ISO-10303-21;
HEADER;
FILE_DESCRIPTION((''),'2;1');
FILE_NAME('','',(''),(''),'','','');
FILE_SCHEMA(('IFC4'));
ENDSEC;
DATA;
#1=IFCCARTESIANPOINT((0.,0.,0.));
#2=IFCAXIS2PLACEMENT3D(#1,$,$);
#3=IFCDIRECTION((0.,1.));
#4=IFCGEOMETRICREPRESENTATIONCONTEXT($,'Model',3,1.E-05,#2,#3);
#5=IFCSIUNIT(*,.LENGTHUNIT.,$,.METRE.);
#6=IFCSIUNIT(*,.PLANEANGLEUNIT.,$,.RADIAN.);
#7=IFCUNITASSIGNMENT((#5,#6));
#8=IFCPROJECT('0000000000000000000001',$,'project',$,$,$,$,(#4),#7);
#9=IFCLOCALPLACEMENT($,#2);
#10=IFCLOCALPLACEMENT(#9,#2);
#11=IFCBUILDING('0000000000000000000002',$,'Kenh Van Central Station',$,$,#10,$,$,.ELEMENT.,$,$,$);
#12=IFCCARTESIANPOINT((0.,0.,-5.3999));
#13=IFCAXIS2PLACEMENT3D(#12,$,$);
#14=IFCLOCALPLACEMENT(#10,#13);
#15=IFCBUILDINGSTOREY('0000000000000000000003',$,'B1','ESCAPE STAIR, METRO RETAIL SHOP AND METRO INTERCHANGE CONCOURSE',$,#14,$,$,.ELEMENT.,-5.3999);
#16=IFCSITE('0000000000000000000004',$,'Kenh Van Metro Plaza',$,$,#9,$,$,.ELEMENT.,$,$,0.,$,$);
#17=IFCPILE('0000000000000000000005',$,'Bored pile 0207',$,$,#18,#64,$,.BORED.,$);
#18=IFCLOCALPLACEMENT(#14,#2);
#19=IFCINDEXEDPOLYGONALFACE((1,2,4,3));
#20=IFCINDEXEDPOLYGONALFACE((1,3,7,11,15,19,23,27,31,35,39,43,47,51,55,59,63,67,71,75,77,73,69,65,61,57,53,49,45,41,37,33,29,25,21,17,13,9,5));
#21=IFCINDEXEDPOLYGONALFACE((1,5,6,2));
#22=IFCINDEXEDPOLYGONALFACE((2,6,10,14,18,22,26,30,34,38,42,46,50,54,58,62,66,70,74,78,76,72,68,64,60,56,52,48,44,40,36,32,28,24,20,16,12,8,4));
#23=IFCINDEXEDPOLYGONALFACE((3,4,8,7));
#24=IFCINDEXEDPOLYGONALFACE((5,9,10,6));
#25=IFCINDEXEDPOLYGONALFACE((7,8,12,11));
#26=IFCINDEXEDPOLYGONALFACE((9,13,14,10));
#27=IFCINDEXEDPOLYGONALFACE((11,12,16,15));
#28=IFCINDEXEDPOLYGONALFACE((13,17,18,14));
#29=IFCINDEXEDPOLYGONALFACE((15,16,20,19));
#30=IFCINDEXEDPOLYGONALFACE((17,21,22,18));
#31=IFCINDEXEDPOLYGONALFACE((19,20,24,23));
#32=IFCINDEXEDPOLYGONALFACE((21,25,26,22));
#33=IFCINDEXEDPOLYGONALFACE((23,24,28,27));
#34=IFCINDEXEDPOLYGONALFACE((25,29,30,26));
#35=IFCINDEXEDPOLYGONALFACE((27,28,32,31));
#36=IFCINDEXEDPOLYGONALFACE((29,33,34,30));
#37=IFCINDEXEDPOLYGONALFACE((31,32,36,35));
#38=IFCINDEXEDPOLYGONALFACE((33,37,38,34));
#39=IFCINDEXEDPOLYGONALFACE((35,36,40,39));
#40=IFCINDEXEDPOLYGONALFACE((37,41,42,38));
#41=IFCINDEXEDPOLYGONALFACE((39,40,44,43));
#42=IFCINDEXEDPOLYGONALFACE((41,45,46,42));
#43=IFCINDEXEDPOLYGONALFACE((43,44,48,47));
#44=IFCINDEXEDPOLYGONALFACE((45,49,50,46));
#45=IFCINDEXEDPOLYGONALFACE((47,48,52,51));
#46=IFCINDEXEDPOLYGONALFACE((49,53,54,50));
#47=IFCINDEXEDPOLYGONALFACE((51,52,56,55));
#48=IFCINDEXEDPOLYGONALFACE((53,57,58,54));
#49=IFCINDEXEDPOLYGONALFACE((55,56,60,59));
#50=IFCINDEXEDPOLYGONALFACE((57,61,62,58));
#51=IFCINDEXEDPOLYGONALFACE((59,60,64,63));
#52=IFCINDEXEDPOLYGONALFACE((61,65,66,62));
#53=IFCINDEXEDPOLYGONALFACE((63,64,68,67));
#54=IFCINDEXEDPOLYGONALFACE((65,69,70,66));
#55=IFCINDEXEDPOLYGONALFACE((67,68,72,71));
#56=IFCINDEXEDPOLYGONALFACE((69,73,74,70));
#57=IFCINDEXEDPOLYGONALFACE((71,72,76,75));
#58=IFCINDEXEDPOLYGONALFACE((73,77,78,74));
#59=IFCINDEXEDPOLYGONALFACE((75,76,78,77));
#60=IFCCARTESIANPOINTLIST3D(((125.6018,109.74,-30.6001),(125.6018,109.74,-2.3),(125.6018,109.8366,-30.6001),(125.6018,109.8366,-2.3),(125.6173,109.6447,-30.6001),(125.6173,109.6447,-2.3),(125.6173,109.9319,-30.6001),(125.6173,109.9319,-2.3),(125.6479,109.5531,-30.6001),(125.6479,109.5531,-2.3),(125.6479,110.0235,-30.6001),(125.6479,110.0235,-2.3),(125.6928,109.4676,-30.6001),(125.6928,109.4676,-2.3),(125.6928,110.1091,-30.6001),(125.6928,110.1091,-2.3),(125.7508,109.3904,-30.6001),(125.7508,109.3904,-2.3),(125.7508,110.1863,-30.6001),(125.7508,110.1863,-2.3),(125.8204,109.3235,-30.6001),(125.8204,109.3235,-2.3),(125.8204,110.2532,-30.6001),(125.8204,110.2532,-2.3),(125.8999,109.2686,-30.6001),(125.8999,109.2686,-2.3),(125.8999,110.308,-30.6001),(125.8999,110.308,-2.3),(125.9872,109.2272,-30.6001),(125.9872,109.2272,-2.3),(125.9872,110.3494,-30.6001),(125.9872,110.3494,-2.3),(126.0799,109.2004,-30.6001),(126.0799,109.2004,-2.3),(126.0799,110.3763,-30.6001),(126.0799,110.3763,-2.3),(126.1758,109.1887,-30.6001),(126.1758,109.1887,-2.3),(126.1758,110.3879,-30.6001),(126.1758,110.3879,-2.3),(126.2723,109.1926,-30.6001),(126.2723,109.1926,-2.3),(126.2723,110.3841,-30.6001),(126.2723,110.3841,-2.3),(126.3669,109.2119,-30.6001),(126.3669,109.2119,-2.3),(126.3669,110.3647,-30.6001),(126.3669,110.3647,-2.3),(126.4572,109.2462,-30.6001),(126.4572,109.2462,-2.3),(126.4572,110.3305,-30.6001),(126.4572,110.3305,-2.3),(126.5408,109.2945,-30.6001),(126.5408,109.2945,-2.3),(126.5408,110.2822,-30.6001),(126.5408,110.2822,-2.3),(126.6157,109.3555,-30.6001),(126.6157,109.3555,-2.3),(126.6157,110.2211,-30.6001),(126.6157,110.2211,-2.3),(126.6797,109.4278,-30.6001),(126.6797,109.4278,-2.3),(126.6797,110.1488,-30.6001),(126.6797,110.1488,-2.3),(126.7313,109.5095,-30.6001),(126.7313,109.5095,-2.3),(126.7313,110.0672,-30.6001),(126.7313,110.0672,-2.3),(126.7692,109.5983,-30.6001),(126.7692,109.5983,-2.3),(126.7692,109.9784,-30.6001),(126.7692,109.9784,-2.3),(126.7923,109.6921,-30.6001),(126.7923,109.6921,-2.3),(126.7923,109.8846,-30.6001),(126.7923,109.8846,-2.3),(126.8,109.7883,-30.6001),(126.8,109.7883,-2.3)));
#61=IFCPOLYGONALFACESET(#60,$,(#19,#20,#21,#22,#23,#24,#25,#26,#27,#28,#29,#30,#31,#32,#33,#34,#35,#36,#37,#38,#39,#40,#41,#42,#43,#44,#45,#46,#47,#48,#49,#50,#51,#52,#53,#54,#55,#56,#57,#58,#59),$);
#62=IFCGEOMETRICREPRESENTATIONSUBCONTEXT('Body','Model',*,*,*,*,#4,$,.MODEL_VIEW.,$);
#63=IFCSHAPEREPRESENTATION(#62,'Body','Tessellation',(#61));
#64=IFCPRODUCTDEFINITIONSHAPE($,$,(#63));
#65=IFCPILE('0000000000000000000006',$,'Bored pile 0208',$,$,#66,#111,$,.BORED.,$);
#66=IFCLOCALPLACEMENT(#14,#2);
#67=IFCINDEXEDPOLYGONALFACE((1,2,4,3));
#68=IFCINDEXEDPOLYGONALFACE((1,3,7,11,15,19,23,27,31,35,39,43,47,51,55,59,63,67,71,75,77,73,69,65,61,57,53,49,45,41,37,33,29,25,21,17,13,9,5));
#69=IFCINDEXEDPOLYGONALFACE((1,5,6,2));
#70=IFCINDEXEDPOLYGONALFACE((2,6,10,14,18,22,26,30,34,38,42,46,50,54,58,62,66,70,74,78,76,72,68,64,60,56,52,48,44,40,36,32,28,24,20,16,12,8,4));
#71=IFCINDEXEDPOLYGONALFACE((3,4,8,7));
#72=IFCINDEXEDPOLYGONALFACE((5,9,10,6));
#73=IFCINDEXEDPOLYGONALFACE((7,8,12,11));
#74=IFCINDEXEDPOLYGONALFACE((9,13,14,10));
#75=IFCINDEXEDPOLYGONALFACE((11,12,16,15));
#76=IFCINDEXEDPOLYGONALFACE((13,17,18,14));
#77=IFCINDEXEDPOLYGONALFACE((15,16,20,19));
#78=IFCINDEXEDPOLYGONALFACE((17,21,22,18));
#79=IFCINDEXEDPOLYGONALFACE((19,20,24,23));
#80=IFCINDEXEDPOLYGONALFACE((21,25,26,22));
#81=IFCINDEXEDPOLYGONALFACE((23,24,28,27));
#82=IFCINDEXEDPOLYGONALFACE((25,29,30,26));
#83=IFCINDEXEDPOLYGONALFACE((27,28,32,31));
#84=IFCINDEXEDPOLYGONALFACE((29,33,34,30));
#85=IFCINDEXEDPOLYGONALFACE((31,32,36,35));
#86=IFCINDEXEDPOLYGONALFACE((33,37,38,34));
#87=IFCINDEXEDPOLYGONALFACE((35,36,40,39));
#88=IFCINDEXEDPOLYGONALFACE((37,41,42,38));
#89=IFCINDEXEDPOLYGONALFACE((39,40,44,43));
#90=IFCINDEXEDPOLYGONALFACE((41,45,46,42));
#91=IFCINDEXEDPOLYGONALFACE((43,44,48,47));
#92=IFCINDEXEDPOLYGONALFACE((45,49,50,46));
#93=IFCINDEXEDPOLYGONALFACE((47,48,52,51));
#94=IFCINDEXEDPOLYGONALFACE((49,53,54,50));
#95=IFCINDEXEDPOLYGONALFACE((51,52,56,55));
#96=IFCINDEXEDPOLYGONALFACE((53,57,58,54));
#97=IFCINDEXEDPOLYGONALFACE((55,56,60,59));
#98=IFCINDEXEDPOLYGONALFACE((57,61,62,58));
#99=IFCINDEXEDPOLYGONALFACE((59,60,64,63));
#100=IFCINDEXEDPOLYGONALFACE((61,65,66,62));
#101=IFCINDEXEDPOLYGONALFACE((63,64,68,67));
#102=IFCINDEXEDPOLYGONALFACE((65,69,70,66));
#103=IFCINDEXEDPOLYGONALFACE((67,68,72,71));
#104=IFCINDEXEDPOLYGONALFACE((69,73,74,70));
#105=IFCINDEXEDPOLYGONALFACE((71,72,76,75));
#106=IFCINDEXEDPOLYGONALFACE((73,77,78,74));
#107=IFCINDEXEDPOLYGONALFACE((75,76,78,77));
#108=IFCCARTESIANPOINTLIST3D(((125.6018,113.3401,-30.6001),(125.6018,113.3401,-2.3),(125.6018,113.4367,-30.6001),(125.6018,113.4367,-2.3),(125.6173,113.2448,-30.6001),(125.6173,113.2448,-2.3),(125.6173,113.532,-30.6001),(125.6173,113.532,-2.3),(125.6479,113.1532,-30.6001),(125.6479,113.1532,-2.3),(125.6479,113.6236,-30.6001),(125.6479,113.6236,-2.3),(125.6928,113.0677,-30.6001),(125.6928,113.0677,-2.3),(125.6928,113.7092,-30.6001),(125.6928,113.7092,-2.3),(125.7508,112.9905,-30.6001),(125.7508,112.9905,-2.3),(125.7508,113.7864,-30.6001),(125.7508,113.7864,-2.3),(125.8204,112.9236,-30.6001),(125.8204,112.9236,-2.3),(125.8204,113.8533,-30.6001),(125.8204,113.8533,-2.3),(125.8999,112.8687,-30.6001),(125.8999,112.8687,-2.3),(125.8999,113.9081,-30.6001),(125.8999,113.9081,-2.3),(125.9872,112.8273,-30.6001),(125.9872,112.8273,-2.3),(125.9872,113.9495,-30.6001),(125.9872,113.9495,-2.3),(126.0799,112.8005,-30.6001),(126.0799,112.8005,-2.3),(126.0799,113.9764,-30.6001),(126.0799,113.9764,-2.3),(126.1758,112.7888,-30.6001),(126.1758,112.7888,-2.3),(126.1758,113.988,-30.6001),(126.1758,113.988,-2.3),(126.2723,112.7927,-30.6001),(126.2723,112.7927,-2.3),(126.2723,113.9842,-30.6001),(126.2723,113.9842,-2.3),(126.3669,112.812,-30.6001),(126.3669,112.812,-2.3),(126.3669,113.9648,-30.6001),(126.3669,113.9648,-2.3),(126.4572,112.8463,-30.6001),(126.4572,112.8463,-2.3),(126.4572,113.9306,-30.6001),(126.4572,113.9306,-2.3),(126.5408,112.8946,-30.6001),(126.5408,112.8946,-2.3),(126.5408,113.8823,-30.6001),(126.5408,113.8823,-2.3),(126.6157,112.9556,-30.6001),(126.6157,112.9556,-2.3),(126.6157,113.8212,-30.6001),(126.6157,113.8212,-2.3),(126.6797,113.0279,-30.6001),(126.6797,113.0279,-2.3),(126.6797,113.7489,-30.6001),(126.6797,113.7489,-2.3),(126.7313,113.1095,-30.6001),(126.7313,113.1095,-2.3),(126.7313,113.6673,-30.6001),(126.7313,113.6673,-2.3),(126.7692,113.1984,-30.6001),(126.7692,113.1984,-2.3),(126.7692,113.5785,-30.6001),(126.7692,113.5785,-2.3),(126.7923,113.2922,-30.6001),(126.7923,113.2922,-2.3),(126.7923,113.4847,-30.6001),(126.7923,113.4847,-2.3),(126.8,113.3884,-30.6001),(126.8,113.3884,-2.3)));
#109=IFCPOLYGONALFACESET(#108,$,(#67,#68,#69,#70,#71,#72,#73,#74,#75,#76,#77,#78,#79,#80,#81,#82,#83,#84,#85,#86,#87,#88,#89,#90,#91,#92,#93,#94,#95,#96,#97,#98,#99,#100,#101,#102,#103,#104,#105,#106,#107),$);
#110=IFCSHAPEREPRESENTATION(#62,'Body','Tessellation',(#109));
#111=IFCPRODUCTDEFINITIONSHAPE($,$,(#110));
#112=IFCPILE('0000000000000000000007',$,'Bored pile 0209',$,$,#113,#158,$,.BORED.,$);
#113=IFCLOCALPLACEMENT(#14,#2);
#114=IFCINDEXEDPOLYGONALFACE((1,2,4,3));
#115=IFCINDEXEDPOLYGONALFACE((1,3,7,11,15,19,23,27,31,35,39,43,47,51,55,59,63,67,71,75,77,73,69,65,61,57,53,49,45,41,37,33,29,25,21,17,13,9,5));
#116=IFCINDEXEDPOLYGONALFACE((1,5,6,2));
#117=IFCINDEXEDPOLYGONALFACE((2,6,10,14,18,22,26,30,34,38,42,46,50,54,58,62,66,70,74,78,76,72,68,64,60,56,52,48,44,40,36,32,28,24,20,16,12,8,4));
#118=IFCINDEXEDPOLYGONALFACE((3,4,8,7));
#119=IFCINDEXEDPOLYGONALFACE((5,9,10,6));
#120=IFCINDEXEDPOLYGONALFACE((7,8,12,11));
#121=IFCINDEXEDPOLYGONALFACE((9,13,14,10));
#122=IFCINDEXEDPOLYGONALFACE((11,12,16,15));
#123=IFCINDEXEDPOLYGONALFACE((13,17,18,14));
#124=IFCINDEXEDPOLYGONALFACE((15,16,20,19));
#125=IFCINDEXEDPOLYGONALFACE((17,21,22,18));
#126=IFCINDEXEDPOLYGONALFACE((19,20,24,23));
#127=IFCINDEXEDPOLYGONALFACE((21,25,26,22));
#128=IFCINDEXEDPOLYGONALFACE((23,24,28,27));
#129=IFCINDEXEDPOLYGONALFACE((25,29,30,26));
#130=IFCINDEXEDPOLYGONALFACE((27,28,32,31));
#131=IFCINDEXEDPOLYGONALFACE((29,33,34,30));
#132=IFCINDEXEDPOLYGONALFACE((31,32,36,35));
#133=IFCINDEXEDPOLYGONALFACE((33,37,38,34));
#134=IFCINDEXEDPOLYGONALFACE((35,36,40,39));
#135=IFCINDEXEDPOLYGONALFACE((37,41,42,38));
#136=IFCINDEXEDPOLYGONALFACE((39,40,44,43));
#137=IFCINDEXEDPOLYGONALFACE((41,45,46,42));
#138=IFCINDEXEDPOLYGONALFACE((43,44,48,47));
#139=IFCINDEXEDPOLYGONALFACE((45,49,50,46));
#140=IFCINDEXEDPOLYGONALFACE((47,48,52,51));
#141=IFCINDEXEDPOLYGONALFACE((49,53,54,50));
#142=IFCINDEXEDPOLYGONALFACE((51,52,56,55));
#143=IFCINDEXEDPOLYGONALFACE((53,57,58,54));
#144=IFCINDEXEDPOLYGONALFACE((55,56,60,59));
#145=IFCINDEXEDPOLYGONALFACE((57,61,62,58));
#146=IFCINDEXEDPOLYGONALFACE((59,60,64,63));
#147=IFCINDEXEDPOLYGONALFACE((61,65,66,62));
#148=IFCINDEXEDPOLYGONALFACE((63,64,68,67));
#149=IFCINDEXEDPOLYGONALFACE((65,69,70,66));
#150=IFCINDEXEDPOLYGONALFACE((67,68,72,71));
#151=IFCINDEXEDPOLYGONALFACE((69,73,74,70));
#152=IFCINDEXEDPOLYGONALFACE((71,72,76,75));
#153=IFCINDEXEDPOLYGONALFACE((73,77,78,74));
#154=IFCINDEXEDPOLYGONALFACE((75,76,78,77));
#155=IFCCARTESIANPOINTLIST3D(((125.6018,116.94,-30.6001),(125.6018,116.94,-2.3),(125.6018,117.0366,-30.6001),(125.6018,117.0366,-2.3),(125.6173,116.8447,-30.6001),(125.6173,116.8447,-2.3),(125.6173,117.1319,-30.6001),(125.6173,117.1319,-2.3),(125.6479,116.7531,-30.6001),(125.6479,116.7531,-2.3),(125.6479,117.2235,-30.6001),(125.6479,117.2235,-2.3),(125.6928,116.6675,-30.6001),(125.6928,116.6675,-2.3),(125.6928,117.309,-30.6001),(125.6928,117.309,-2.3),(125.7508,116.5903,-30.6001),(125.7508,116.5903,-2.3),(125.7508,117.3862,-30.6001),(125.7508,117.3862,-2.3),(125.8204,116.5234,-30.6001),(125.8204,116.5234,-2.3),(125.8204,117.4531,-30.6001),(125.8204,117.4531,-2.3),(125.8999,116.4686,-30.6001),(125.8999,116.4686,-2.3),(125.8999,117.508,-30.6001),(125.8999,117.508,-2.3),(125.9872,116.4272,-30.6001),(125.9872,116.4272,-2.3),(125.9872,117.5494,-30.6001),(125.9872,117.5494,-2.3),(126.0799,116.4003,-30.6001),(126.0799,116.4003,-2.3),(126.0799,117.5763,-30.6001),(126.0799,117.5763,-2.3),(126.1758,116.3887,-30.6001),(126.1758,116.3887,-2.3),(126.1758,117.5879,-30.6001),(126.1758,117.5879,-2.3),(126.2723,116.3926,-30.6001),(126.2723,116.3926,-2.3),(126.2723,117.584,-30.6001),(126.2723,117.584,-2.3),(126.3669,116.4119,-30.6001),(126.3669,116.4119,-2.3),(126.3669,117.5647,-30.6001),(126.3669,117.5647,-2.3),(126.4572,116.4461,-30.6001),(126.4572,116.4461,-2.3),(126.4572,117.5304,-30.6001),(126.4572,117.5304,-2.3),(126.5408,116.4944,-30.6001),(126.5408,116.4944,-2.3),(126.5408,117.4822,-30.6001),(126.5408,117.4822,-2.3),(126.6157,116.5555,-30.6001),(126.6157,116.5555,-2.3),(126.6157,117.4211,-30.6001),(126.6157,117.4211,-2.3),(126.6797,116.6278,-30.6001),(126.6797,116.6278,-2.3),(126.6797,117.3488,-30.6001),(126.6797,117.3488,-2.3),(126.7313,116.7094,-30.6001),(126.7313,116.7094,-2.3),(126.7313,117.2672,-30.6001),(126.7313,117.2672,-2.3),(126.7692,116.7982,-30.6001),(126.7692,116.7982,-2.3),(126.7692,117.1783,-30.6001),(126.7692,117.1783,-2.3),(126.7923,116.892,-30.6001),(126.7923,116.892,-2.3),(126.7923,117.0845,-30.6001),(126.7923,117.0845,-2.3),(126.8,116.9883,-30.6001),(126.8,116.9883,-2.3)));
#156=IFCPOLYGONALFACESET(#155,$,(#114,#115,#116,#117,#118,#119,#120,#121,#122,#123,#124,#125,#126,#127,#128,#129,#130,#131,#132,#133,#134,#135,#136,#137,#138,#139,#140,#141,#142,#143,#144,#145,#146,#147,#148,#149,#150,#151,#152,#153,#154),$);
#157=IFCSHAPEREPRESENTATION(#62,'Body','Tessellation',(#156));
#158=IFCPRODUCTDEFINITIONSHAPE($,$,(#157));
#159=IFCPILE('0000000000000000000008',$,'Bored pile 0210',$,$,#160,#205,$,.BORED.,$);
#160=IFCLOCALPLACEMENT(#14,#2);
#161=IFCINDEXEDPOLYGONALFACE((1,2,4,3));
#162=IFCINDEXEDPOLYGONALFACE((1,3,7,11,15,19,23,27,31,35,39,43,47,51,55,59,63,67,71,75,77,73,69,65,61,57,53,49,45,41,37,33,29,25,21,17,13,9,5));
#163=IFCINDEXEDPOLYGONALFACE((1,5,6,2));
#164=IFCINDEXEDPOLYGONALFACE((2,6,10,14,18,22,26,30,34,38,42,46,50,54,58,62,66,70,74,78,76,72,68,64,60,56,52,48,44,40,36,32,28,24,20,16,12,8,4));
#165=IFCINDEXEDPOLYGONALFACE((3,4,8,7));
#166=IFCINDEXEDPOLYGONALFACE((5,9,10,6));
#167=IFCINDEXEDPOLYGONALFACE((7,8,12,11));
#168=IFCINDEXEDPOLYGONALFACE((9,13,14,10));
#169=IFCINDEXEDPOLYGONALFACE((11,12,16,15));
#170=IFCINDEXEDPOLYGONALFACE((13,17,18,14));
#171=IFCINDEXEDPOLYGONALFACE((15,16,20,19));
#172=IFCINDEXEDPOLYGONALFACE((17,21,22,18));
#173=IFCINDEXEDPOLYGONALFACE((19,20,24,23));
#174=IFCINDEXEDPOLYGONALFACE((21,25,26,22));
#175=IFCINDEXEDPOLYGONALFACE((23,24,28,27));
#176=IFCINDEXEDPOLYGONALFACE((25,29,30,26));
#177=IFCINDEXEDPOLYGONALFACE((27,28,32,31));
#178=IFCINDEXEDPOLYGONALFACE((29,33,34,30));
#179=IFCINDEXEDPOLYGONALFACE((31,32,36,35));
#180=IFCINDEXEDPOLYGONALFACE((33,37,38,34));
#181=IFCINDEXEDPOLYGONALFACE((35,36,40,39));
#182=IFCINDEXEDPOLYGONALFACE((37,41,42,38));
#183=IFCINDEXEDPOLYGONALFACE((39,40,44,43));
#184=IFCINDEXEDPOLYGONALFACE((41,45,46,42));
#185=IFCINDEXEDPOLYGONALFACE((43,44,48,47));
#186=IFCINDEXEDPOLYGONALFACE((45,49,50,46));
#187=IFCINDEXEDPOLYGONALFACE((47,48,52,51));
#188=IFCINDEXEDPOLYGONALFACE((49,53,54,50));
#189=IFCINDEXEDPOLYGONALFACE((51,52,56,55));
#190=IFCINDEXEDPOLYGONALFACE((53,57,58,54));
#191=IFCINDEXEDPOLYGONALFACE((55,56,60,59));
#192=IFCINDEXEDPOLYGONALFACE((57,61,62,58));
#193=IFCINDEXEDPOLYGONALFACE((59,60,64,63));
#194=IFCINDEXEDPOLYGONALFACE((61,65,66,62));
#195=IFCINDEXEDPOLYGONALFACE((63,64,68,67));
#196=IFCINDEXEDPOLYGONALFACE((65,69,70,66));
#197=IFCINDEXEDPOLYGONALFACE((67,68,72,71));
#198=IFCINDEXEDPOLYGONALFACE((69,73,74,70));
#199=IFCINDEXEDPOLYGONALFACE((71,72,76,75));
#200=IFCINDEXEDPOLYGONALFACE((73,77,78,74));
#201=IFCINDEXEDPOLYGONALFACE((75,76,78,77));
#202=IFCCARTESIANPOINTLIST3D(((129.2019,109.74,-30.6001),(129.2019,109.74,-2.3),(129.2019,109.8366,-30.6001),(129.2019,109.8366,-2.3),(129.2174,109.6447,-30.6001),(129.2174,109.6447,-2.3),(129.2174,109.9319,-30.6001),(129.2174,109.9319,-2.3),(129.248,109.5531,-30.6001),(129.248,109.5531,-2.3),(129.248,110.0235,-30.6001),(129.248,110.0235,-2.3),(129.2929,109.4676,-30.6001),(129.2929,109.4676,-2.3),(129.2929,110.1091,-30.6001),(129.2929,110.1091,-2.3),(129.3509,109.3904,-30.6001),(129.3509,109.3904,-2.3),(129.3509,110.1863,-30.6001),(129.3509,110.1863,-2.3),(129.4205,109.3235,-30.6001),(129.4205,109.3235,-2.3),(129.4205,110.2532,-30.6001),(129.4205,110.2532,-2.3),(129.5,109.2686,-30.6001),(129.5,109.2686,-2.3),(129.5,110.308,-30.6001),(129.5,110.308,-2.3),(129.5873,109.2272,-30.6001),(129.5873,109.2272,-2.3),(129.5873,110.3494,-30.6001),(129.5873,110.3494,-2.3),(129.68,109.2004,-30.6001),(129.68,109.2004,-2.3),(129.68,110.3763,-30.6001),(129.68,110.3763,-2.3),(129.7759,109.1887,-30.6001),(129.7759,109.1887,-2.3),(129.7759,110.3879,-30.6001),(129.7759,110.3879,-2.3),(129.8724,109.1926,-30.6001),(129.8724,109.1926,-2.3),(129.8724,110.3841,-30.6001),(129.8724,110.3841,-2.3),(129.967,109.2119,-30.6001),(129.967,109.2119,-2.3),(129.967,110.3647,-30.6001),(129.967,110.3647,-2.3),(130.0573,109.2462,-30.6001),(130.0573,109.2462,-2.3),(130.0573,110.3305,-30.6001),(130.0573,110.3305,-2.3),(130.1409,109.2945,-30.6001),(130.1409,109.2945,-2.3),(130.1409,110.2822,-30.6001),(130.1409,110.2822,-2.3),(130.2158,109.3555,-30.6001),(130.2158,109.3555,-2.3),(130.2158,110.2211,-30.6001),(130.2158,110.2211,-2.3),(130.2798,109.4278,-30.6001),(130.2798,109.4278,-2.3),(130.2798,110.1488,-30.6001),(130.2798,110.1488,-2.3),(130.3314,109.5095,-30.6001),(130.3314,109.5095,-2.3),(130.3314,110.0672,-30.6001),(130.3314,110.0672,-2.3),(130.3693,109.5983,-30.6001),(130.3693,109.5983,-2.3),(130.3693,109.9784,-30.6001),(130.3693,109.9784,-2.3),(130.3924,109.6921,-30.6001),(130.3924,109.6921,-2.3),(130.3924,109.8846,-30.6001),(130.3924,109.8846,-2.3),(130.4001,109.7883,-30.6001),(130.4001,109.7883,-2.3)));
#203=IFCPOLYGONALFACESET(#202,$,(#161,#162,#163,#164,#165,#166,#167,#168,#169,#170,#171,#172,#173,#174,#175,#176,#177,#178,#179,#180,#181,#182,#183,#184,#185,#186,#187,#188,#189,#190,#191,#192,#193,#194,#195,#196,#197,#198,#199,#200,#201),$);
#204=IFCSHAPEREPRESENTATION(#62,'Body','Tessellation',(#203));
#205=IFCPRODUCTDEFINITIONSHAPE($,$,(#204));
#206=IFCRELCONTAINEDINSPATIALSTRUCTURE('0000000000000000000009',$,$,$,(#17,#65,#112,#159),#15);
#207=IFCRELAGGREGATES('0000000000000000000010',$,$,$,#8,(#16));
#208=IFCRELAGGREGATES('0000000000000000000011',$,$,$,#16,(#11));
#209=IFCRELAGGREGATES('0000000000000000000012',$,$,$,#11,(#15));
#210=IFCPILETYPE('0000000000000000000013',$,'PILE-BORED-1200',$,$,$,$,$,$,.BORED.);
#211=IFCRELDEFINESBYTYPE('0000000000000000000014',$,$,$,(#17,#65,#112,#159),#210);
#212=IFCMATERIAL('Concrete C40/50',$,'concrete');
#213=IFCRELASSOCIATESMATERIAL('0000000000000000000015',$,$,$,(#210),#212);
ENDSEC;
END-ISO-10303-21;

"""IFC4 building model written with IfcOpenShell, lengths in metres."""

from ifc_helpers import new_model, si_unit, direction, frame, origin, origin_2d, place, context, subcontext, project, spatial, circle, extrude, material, material_profile, profile_set, type_object, element, save


model = new_model("IFC4")

# Units and contexts
model_context = context("Model", 3, precision=1e-05, world=origin(), true_north=direction((0.0, 1.0)))
body_context = subcontext(model_context, "Body", "Model", "MODEL_VIEW")
ifc_project = project(units=[si_unit("LENGTHUNIT", "METRE"), si_unit("PLANEANGLEUNIT", "RADIAN")], contexts=[model_context])

# Site, building, storey
site_placement = place(None, origin())
site = spatial("IfcSite", under=ifc_project, at=site_placement, Name="Kenh Van Metro Plaza", CompositionType="ELEMENT", RefElevation=0.0)
building_placement = place(site_placement, origin())
building = spatial("IfcBuilding", under=site, at=building_placement, Name="Kenh Van Central Station", CompositionType="ELEMENT")
storey_placement = place(building_placement, frame((0.0, 0.0, -5.3999)))
storey = spatial("IfcBuildingStorey", under=building, at=storey_placement, Name="B1", Description="ESCAPE STAIR, METRO RETAIL SHOP AND METRO INTERCHANGE CONCOURSE", CompositionType="ELEMENT", Elevation=-5.3999)

# Shared definitions
ifc_material_1 = material(Name="Concrete C40/50", Category="concrete")

# Piles
ifc_material_profile_1 = material_profile(ifc_material_1, circle(Radius=0.6001, at=origin_2d()), Name="PILE D1200")
ifc_profile_set_1 = profile_set([ifc_material_profile_1], Name="Concrete C40/50")
pile_type_1 = type_object("IfcPileType", Name="PILE-BORED-1200", PredefinedType="BORED", material=ifc_profile_set_1)
for number, where, z_axis, x_axis, name in (
    (1, (126.2, 109.7883, -2.3), (0.0, 0.0, -1.0), (1.0, 0.0, 0.0), "Bored pile 0207"),
    (2, (126.2, 113.3884, -2.3), (0.0, 0.0, -1.0), (1.0, 0.0, 0.0), "Bored pile 0208"),
    (3, (126.2, 116.9883, -2.3), (0.0, 0.0, -1.0), (1.0, 0.0, 0.0), "Bored pile 0209"),
    (4, (129.8, 109.7883, -2.3), (0.0, 0.0, -1.0), (1.0, 0.0, 0.0), "Bored pile 0210"),
):
    element("IfcPile", number, at=place(storey_placement, frame(where, z_axis=z_axis, x_axis=x_axis)), inside=storey, type_object=pile_type_1, Name=name, PredefinedType="BORED", context=body_context, shape_type="SweptSolid", body=[
        extrude(circle(Radius=0.6001, at=origin_2d()), origin(), (0.0, 0.0, 1.0), 28.3),
    ])

save(model, "model.ifc")
